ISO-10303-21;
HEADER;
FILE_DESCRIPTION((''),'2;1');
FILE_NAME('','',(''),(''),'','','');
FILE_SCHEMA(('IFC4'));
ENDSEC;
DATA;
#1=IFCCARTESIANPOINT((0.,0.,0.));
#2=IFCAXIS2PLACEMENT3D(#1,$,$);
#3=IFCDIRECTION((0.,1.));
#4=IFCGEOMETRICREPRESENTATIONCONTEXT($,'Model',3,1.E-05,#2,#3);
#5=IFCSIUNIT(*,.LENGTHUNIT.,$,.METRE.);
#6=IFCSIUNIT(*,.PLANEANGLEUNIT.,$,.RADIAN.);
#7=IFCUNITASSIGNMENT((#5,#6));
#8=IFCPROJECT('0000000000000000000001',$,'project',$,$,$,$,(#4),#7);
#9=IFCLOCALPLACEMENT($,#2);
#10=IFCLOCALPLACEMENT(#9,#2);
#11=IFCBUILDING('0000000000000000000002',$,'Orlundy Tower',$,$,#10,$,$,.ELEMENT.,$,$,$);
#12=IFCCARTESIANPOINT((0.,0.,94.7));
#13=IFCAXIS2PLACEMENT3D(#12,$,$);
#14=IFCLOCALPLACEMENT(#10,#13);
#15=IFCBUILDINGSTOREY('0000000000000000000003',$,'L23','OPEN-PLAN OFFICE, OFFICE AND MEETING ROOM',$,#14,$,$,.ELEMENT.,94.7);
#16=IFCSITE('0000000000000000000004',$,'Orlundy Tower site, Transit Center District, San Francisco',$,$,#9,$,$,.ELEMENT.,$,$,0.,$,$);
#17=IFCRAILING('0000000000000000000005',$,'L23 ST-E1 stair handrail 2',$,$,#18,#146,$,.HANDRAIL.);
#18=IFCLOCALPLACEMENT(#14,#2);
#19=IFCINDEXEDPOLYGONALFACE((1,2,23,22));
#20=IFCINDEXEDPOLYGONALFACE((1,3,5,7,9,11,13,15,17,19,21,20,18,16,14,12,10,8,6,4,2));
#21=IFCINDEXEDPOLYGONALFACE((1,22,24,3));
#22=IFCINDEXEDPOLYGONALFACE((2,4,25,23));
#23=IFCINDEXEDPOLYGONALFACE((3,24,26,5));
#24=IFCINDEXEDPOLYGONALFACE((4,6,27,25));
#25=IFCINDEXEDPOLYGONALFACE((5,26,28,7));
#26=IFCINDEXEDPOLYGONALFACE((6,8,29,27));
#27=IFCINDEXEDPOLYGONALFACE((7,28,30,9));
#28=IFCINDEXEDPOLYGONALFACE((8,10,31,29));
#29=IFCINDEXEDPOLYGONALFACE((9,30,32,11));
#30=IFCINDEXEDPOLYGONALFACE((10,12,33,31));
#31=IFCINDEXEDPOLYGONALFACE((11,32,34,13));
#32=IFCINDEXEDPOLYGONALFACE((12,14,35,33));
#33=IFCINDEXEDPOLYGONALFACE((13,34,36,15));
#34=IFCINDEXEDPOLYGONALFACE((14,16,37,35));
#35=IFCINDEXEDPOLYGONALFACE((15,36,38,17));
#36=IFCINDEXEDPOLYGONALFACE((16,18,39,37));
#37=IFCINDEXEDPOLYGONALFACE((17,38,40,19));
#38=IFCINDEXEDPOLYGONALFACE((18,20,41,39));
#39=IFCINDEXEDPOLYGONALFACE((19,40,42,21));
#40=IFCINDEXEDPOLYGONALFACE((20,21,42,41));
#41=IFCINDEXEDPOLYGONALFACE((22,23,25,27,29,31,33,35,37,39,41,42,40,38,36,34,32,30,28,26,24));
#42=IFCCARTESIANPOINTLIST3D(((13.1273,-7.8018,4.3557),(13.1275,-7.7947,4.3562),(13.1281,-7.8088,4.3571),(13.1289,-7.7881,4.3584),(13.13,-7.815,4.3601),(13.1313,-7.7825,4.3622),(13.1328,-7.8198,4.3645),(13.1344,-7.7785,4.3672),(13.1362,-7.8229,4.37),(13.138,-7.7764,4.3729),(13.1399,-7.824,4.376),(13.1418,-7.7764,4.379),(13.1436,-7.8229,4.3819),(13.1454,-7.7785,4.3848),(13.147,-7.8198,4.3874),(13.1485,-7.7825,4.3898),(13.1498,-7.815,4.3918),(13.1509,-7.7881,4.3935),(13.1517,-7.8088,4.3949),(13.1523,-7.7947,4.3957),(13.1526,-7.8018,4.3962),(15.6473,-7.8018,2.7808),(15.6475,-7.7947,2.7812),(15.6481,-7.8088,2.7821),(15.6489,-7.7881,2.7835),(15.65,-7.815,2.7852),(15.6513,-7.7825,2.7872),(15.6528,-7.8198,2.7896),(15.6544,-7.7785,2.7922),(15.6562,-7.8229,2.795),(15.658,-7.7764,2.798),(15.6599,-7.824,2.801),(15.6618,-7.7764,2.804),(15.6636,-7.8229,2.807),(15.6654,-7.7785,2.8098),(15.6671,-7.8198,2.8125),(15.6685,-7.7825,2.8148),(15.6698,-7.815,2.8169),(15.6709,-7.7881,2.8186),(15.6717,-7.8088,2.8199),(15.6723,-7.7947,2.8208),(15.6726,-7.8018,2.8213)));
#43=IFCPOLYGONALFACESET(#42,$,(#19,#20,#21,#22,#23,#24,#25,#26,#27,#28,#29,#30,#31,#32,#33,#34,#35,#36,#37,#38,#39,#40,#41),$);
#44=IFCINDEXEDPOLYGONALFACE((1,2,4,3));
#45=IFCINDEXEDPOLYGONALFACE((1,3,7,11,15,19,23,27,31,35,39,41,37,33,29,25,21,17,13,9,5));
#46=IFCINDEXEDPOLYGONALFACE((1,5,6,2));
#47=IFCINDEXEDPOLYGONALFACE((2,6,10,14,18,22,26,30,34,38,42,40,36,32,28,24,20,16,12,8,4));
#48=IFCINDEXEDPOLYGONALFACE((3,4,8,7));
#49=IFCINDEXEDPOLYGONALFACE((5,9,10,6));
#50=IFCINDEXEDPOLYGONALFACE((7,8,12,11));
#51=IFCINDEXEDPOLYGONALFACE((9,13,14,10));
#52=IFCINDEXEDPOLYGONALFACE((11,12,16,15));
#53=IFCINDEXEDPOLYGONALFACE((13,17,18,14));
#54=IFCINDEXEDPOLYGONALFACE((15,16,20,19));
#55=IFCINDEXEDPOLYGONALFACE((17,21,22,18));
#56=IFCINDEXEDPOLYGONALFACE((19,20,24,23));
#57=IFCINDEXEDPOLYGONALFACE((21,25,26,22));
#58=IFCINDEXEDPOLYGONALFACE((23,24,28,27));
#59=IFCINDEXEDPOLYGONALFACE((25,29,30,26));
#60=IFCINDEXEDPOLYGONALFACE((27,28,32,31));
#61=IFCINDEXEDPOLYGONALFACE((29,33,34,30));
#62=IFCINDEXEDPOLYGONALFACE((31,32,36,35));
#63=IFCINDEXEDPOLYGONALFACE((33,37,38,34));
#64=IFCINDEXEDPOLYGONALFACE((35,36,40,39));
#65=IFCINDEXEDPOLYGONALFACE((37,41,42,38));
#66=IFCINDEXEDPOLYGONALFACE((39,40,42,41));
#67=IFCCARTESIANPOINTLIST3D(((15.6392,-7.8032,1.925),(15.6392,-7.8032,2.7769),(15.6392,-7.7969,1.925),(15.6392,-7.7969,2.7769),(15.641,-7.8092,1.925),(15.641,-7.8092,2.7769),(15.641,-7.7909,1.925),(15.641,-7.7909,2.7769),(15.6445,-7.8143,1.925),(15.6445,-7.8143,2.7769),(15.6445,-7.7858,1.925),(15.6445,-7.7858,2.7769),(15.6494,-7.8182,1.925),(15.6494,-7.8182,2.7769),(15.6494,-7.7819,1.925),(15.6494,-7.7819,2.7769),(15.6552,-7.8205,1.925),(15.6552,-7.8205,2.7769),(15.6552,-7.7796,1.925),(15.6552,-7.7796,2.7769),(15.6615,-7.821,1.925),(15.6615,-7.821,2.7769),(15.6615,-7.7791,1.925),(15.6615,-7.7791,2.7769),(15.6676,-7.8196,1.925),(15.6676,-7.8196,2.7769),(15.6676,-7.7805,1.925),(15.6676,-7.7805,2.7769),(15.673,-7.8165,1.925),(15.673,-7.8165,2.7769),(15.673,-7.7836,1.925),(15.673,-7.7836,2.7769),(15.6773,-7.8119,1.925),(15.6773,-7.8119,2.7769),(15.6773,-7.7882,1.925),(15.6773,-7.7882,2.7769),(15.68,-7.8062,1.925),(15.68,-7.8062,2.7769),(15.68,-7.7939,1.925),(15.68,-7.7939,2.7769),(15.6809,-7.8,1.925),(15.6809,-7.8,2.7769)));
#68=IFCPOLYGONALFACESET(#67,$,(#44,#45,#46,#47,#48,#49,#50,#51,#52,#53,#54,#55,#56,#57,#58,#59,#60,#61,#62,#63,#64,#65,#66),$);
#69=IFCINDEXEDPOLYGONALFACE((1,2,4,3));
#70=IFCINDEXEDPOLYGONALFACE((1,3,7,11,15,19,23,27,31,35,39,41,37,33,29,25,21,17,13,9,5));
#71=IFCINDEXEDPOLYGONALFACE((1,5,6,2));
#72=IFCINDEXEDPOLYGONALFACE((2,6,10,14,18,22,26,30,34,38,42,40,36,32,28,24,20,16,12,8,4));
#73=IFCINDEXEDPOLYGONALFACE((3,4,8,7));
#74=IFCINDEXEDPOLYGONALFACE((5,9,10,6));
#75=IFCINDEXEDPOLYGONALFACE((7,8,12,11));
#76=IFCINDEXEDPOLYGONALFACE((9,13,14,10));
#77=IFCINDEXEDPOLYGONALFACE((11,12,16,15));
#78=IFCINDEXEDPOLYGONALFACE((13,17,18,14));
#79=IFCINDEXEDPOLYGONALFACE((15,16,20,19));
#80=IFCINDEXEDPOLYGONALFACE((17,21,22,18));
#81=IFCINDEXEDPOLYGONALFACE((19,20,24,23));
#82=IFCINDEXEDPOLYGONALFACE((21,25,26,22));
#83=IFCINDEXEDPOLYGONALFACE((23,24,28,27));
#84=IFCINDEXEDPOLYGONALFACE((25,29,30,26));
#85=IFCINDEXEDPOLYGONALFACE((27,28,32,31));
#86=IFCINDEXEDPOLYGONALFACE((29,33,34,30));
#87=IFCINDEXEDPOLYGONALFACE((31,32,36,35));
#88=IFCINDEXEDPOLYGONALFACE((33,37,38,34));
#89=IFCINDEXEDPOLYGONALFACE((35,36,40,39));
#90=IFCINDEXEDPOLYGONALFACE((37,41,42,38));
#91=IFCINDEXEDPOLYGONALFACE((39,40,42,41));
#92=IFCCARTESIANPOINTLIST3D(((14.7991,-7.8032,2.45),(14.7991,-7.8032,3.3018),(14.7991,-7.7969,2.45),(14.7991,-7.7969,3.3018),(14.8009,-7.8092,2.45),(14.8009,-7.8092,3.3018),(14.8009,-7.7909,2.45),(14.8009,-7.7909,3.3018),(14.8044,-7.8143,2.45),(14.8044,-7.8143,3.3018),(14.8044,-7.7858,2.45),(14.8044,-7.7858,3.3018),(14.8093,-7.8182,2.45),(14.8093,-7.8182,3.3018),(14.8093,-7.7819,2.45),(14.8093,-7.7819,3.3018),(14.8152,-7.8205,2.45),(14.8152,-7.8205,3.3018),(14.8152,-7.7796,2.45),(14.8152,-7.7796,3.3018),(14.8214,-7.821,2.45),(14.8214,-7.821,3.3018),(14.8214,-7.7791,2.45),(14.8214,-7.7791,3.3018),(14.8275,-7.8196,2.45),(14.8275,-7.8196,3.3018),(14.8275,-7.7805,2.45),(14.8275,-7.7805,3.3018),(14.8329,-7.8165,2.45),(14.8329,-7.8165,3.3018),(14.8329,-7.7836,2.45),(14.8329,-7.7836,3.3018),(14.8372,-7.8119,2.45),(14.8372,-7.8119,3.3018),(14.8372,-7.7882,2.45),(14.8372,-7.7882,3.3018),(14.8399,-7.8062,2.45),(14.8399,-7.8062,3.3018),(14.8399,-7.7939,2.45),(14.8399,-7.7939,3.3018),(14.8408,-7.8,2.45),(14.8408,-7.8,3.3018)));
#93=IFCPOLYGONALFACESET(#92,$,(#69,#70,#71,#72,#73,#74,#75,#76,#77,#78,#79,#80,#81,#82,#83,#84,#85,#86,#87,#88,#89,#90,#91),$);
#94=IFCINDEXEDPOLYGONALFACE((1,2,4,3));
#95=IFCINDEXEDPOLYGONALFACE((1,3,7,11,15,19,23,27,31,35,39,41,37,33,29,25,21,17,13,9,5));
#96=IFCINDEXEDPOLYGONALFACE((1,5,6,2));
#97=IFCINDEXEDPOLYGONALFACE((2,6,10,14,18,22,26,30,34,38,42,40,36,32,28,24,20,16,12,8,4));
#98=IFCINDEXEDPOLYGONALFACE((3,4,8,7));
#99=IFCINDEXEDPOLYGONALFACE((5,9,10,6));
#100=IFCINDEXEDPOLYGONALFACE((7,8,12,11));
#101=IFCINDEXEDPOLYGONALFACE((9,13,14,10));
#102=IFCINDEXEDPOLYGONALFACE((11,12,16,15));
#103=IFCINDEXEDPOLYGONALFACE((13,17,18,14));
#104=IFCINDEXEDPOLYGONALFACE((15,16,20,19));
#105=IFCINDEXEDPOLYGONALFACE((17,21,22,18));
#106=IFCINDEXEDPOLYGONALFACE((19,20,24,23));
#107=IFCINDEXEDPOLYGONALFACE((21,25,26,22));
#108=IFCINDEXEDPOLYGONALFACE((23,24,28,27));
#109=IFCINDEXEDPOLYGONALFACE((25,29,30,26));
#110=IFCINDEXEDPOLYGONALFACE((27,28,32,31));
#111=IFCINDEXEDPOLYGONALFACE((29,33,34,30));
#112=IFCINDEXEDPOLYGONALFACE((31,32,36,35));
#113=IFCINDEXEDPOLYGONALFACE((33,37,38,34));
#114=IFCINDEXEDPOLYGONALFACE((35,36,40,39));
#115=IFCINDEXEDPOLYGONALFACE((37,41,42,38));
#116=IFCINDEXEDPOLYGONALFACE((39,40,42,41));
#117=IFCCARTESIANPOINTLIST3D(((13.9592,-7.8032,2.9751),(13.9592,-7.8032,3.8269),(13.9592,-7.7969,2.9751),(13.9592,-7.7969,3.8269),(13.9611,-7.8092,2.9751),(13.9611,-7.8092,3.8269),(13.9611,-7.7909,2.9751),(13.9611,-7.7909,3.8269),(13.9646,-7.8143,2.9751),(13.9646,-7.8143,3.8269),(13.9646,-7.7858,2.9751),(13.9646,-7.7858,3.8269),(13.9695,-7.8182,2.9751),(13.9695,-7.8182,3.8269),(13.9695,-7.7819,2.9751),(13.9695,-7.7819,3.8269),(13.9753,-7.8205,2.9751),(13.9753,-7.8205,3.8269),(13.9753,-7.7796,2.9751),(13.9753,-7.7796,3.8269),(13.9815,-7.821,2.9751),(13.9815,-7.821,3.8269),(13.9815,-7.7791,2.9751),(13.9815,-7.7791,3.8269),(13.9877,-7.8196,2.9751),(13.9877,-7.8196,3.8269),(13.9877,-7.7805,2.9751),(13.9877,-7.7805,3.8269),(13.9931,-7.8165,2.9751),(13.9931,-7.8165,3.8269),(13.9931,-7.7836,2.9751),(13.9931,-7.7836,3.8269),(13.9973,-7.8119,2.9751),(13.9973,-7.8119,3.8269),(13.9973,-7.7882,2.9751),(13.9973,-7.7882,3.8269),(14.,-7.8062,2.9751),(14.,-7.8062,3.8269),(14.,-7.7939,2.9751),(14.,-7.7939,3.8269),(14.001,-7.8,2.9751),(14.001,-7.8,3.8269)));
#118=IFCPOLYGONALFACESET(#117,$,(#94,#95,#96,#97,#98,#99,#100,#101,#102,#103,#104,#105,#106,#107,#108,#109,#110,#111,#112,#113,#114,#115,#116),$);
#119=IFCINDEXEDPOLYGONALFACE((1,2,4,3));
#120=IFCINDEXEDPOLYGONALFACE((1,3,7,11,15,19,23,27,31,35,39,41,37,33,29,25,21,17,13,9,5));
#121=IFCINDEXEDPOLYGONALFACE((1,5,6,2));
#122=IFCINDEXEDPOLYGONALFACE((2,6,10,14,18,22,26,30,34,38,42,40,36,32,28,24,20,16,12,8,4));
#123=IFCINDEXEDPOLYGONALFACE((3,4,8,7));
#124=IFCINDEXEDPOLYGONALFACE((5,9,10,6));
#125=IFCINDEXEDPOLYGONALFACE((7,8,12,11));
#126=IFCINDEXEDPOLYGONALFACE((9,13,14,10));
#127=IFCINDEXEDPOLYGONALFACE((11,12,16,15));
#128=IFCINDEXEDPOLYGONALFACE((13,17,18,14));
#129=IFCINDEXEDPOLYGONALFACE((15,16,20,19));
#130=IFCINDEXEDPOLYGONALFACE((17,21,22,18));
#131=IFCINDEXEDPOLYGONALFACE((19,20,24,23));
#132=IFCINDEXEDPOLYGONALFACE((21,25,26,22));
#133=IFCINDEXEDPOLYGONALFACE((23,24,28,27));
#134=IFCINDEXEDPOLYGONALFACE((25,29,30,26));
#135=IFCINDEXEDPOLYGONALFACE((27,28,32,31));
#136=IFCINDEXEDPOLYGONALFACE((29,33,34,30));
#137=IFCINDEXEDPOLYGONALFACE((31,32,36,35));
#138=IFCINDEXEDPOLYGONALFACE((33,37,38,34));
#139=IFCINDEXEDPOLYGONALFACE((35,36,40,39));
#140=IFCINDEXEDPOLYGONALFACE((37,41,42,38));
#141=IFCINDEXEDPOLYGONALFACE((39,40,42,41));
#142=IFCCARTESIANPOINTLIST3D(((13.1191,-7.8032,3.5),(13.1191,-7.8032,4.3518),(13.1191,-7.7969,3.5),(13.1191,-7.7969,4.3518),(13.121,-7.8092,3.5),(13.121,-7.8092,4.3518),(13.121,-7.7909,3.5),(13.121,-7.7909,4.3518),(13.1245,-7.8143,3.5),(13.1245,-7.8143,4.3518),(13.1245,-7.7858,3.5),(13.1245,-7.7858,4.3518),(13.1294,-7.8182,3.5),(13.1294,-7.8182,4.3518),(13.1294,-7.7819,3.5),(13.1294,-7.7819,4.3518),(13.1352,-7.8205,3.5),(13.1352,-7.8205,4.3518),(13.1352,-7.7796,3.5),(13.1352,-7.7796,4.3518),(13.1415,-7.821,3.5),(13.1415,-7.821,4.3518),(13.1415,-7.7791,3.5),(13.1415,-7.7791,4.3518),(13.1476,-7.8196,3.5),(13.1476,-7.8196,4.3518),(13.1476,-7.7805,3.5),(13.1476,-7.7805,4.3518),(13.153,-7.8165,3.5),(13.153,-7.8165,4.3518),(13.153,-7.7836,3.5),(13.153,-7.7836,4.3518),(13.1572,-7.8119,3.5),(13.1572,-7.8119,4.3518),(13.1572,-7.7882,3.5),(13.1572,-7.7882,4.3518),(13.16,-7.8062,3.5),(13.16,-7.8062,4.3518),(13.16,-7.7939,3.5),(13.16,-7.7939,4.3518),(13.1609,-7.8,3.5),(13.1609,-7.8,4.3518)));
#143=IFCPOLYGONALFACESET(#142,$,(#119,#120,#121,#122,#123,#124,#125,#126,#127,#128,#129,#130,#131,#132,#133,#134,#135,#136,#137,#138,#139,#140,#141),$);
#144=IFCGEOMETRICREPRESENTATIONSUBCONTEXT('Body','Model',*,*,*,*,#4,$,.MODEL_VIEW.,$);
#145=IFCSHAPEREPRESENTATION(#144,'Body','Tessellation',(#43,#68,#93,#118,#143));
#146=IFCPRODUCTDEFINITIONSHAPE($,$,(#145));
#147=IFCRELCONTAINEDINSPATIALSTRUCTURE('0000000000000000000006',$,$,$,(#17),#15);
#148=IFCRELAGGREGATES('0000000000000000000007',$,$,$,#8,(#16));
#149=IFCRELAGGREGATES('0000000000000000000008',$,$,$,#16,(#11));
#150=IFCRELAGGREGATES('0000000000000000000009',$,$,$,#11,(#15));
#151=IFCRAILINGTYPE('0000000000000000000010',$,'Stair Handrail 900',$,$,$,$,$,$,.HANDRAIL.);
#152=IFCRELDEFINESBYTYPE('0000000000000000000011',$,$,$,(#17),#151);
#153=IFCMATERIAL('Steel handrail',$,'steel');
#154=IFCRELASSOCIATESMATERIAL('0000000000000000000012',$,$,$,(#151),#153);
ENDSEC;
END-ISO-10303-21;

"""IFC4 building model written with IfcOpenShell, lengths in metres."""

from ifc_helpers import new_model, si_unit, direction, frame, origin, origin_2d, place, context, subcontext, project, spatial, circle, extrude, material, type_object, element, save


model = new_model("IFC4")

# Units and contexts
model_context = context("Model", 3, precision=1e-05, world=origin(), true_north=direction((0.0, 1.0)))
body_context = subcontext(model_context, "Body", "Model", "MODEL_VIEW")
ifc_project = project(units=[si_unit("LENGTHUNIT", "METRE"), si_unit("PLANEANGLEUNIT", "RADIAN")], contexts=[model_context])

# Site, building, storey
site_placement = place(None, origin())
site = spatial("IfcSite", under=ifc_project, at=site_placement, Name="Orlundy Tower site, Transit Center District, San Francisco", CompositionType="ELEMENT", RefElevation=0.0)
building_placement = place(site_placement, origin())
building = spatial("IfcBuilding", under=site, at=building_placement, Name="Orlundy Tower", CompositionType="ELEMENT")
storey_placement = place(building_placement, frame((0.0, 0.0, 94.7)))
storey = spatial("IfcBuildingStorey", under=building, at=storey_placement, Name="L23", Description="OPEN-PLAN OFFICE, OFFICE AND MEETING ROOM", CompositionType="ELEMENT", Elevation=94.7)

# Railing
ifc_material_1 = material(Name="Steel handrail", Category="steel")
railing_type_1 = type_object("IfcRailingType", Name="Stair Handrail 900", PredefinedType="HANDRAIL", material=ifc_material_1)
railing_1_placement = place(storey_placement, frame((15.6599, -7.8, 1.925)))
element("IfcRailing", 1, at=railing_1_placement, inside=storey, type_object=railing_type_1, Name="L23 ST-E1 stair handrail 2", PredefinedType="HANDRAIL", context=body_context, shape_type="SweptSolid", body=[
    extrude(circle(Radius=0.0239, at=origin_2d()), frame((0.0, 0.0, 0.876), z_axis=(-0.848008, 0.0, 0.529984), x_axis=(0.0, -1.0, 0.0)), (0.0, 0.0, 1.0), 2.9717),
    extrude(circle(Radius=0.021, at=origin_2d()), origin(), (0.0, 0.0, 1.0), 0.8518),
    extrude(circle(Radius=0.021, at=origin_2d()), frame((-0.8401, 0.0, 0.5249)), (0.0, 0.0, 1.0), 0.8518),
    extrude(circle(Radius=0.021, at=origin_2d()), frame((-1.6799, 0.0, 1.05)), (0.0, 0.0, 1.0), 0.8518),
    extrude(circle(Radius=0.021, at=origin_2d()), frame((-2.52, 0.0, 1.575)), (0.0, 0.0, 1.0), 0.8518),
])

save(model, "model.ifc")
